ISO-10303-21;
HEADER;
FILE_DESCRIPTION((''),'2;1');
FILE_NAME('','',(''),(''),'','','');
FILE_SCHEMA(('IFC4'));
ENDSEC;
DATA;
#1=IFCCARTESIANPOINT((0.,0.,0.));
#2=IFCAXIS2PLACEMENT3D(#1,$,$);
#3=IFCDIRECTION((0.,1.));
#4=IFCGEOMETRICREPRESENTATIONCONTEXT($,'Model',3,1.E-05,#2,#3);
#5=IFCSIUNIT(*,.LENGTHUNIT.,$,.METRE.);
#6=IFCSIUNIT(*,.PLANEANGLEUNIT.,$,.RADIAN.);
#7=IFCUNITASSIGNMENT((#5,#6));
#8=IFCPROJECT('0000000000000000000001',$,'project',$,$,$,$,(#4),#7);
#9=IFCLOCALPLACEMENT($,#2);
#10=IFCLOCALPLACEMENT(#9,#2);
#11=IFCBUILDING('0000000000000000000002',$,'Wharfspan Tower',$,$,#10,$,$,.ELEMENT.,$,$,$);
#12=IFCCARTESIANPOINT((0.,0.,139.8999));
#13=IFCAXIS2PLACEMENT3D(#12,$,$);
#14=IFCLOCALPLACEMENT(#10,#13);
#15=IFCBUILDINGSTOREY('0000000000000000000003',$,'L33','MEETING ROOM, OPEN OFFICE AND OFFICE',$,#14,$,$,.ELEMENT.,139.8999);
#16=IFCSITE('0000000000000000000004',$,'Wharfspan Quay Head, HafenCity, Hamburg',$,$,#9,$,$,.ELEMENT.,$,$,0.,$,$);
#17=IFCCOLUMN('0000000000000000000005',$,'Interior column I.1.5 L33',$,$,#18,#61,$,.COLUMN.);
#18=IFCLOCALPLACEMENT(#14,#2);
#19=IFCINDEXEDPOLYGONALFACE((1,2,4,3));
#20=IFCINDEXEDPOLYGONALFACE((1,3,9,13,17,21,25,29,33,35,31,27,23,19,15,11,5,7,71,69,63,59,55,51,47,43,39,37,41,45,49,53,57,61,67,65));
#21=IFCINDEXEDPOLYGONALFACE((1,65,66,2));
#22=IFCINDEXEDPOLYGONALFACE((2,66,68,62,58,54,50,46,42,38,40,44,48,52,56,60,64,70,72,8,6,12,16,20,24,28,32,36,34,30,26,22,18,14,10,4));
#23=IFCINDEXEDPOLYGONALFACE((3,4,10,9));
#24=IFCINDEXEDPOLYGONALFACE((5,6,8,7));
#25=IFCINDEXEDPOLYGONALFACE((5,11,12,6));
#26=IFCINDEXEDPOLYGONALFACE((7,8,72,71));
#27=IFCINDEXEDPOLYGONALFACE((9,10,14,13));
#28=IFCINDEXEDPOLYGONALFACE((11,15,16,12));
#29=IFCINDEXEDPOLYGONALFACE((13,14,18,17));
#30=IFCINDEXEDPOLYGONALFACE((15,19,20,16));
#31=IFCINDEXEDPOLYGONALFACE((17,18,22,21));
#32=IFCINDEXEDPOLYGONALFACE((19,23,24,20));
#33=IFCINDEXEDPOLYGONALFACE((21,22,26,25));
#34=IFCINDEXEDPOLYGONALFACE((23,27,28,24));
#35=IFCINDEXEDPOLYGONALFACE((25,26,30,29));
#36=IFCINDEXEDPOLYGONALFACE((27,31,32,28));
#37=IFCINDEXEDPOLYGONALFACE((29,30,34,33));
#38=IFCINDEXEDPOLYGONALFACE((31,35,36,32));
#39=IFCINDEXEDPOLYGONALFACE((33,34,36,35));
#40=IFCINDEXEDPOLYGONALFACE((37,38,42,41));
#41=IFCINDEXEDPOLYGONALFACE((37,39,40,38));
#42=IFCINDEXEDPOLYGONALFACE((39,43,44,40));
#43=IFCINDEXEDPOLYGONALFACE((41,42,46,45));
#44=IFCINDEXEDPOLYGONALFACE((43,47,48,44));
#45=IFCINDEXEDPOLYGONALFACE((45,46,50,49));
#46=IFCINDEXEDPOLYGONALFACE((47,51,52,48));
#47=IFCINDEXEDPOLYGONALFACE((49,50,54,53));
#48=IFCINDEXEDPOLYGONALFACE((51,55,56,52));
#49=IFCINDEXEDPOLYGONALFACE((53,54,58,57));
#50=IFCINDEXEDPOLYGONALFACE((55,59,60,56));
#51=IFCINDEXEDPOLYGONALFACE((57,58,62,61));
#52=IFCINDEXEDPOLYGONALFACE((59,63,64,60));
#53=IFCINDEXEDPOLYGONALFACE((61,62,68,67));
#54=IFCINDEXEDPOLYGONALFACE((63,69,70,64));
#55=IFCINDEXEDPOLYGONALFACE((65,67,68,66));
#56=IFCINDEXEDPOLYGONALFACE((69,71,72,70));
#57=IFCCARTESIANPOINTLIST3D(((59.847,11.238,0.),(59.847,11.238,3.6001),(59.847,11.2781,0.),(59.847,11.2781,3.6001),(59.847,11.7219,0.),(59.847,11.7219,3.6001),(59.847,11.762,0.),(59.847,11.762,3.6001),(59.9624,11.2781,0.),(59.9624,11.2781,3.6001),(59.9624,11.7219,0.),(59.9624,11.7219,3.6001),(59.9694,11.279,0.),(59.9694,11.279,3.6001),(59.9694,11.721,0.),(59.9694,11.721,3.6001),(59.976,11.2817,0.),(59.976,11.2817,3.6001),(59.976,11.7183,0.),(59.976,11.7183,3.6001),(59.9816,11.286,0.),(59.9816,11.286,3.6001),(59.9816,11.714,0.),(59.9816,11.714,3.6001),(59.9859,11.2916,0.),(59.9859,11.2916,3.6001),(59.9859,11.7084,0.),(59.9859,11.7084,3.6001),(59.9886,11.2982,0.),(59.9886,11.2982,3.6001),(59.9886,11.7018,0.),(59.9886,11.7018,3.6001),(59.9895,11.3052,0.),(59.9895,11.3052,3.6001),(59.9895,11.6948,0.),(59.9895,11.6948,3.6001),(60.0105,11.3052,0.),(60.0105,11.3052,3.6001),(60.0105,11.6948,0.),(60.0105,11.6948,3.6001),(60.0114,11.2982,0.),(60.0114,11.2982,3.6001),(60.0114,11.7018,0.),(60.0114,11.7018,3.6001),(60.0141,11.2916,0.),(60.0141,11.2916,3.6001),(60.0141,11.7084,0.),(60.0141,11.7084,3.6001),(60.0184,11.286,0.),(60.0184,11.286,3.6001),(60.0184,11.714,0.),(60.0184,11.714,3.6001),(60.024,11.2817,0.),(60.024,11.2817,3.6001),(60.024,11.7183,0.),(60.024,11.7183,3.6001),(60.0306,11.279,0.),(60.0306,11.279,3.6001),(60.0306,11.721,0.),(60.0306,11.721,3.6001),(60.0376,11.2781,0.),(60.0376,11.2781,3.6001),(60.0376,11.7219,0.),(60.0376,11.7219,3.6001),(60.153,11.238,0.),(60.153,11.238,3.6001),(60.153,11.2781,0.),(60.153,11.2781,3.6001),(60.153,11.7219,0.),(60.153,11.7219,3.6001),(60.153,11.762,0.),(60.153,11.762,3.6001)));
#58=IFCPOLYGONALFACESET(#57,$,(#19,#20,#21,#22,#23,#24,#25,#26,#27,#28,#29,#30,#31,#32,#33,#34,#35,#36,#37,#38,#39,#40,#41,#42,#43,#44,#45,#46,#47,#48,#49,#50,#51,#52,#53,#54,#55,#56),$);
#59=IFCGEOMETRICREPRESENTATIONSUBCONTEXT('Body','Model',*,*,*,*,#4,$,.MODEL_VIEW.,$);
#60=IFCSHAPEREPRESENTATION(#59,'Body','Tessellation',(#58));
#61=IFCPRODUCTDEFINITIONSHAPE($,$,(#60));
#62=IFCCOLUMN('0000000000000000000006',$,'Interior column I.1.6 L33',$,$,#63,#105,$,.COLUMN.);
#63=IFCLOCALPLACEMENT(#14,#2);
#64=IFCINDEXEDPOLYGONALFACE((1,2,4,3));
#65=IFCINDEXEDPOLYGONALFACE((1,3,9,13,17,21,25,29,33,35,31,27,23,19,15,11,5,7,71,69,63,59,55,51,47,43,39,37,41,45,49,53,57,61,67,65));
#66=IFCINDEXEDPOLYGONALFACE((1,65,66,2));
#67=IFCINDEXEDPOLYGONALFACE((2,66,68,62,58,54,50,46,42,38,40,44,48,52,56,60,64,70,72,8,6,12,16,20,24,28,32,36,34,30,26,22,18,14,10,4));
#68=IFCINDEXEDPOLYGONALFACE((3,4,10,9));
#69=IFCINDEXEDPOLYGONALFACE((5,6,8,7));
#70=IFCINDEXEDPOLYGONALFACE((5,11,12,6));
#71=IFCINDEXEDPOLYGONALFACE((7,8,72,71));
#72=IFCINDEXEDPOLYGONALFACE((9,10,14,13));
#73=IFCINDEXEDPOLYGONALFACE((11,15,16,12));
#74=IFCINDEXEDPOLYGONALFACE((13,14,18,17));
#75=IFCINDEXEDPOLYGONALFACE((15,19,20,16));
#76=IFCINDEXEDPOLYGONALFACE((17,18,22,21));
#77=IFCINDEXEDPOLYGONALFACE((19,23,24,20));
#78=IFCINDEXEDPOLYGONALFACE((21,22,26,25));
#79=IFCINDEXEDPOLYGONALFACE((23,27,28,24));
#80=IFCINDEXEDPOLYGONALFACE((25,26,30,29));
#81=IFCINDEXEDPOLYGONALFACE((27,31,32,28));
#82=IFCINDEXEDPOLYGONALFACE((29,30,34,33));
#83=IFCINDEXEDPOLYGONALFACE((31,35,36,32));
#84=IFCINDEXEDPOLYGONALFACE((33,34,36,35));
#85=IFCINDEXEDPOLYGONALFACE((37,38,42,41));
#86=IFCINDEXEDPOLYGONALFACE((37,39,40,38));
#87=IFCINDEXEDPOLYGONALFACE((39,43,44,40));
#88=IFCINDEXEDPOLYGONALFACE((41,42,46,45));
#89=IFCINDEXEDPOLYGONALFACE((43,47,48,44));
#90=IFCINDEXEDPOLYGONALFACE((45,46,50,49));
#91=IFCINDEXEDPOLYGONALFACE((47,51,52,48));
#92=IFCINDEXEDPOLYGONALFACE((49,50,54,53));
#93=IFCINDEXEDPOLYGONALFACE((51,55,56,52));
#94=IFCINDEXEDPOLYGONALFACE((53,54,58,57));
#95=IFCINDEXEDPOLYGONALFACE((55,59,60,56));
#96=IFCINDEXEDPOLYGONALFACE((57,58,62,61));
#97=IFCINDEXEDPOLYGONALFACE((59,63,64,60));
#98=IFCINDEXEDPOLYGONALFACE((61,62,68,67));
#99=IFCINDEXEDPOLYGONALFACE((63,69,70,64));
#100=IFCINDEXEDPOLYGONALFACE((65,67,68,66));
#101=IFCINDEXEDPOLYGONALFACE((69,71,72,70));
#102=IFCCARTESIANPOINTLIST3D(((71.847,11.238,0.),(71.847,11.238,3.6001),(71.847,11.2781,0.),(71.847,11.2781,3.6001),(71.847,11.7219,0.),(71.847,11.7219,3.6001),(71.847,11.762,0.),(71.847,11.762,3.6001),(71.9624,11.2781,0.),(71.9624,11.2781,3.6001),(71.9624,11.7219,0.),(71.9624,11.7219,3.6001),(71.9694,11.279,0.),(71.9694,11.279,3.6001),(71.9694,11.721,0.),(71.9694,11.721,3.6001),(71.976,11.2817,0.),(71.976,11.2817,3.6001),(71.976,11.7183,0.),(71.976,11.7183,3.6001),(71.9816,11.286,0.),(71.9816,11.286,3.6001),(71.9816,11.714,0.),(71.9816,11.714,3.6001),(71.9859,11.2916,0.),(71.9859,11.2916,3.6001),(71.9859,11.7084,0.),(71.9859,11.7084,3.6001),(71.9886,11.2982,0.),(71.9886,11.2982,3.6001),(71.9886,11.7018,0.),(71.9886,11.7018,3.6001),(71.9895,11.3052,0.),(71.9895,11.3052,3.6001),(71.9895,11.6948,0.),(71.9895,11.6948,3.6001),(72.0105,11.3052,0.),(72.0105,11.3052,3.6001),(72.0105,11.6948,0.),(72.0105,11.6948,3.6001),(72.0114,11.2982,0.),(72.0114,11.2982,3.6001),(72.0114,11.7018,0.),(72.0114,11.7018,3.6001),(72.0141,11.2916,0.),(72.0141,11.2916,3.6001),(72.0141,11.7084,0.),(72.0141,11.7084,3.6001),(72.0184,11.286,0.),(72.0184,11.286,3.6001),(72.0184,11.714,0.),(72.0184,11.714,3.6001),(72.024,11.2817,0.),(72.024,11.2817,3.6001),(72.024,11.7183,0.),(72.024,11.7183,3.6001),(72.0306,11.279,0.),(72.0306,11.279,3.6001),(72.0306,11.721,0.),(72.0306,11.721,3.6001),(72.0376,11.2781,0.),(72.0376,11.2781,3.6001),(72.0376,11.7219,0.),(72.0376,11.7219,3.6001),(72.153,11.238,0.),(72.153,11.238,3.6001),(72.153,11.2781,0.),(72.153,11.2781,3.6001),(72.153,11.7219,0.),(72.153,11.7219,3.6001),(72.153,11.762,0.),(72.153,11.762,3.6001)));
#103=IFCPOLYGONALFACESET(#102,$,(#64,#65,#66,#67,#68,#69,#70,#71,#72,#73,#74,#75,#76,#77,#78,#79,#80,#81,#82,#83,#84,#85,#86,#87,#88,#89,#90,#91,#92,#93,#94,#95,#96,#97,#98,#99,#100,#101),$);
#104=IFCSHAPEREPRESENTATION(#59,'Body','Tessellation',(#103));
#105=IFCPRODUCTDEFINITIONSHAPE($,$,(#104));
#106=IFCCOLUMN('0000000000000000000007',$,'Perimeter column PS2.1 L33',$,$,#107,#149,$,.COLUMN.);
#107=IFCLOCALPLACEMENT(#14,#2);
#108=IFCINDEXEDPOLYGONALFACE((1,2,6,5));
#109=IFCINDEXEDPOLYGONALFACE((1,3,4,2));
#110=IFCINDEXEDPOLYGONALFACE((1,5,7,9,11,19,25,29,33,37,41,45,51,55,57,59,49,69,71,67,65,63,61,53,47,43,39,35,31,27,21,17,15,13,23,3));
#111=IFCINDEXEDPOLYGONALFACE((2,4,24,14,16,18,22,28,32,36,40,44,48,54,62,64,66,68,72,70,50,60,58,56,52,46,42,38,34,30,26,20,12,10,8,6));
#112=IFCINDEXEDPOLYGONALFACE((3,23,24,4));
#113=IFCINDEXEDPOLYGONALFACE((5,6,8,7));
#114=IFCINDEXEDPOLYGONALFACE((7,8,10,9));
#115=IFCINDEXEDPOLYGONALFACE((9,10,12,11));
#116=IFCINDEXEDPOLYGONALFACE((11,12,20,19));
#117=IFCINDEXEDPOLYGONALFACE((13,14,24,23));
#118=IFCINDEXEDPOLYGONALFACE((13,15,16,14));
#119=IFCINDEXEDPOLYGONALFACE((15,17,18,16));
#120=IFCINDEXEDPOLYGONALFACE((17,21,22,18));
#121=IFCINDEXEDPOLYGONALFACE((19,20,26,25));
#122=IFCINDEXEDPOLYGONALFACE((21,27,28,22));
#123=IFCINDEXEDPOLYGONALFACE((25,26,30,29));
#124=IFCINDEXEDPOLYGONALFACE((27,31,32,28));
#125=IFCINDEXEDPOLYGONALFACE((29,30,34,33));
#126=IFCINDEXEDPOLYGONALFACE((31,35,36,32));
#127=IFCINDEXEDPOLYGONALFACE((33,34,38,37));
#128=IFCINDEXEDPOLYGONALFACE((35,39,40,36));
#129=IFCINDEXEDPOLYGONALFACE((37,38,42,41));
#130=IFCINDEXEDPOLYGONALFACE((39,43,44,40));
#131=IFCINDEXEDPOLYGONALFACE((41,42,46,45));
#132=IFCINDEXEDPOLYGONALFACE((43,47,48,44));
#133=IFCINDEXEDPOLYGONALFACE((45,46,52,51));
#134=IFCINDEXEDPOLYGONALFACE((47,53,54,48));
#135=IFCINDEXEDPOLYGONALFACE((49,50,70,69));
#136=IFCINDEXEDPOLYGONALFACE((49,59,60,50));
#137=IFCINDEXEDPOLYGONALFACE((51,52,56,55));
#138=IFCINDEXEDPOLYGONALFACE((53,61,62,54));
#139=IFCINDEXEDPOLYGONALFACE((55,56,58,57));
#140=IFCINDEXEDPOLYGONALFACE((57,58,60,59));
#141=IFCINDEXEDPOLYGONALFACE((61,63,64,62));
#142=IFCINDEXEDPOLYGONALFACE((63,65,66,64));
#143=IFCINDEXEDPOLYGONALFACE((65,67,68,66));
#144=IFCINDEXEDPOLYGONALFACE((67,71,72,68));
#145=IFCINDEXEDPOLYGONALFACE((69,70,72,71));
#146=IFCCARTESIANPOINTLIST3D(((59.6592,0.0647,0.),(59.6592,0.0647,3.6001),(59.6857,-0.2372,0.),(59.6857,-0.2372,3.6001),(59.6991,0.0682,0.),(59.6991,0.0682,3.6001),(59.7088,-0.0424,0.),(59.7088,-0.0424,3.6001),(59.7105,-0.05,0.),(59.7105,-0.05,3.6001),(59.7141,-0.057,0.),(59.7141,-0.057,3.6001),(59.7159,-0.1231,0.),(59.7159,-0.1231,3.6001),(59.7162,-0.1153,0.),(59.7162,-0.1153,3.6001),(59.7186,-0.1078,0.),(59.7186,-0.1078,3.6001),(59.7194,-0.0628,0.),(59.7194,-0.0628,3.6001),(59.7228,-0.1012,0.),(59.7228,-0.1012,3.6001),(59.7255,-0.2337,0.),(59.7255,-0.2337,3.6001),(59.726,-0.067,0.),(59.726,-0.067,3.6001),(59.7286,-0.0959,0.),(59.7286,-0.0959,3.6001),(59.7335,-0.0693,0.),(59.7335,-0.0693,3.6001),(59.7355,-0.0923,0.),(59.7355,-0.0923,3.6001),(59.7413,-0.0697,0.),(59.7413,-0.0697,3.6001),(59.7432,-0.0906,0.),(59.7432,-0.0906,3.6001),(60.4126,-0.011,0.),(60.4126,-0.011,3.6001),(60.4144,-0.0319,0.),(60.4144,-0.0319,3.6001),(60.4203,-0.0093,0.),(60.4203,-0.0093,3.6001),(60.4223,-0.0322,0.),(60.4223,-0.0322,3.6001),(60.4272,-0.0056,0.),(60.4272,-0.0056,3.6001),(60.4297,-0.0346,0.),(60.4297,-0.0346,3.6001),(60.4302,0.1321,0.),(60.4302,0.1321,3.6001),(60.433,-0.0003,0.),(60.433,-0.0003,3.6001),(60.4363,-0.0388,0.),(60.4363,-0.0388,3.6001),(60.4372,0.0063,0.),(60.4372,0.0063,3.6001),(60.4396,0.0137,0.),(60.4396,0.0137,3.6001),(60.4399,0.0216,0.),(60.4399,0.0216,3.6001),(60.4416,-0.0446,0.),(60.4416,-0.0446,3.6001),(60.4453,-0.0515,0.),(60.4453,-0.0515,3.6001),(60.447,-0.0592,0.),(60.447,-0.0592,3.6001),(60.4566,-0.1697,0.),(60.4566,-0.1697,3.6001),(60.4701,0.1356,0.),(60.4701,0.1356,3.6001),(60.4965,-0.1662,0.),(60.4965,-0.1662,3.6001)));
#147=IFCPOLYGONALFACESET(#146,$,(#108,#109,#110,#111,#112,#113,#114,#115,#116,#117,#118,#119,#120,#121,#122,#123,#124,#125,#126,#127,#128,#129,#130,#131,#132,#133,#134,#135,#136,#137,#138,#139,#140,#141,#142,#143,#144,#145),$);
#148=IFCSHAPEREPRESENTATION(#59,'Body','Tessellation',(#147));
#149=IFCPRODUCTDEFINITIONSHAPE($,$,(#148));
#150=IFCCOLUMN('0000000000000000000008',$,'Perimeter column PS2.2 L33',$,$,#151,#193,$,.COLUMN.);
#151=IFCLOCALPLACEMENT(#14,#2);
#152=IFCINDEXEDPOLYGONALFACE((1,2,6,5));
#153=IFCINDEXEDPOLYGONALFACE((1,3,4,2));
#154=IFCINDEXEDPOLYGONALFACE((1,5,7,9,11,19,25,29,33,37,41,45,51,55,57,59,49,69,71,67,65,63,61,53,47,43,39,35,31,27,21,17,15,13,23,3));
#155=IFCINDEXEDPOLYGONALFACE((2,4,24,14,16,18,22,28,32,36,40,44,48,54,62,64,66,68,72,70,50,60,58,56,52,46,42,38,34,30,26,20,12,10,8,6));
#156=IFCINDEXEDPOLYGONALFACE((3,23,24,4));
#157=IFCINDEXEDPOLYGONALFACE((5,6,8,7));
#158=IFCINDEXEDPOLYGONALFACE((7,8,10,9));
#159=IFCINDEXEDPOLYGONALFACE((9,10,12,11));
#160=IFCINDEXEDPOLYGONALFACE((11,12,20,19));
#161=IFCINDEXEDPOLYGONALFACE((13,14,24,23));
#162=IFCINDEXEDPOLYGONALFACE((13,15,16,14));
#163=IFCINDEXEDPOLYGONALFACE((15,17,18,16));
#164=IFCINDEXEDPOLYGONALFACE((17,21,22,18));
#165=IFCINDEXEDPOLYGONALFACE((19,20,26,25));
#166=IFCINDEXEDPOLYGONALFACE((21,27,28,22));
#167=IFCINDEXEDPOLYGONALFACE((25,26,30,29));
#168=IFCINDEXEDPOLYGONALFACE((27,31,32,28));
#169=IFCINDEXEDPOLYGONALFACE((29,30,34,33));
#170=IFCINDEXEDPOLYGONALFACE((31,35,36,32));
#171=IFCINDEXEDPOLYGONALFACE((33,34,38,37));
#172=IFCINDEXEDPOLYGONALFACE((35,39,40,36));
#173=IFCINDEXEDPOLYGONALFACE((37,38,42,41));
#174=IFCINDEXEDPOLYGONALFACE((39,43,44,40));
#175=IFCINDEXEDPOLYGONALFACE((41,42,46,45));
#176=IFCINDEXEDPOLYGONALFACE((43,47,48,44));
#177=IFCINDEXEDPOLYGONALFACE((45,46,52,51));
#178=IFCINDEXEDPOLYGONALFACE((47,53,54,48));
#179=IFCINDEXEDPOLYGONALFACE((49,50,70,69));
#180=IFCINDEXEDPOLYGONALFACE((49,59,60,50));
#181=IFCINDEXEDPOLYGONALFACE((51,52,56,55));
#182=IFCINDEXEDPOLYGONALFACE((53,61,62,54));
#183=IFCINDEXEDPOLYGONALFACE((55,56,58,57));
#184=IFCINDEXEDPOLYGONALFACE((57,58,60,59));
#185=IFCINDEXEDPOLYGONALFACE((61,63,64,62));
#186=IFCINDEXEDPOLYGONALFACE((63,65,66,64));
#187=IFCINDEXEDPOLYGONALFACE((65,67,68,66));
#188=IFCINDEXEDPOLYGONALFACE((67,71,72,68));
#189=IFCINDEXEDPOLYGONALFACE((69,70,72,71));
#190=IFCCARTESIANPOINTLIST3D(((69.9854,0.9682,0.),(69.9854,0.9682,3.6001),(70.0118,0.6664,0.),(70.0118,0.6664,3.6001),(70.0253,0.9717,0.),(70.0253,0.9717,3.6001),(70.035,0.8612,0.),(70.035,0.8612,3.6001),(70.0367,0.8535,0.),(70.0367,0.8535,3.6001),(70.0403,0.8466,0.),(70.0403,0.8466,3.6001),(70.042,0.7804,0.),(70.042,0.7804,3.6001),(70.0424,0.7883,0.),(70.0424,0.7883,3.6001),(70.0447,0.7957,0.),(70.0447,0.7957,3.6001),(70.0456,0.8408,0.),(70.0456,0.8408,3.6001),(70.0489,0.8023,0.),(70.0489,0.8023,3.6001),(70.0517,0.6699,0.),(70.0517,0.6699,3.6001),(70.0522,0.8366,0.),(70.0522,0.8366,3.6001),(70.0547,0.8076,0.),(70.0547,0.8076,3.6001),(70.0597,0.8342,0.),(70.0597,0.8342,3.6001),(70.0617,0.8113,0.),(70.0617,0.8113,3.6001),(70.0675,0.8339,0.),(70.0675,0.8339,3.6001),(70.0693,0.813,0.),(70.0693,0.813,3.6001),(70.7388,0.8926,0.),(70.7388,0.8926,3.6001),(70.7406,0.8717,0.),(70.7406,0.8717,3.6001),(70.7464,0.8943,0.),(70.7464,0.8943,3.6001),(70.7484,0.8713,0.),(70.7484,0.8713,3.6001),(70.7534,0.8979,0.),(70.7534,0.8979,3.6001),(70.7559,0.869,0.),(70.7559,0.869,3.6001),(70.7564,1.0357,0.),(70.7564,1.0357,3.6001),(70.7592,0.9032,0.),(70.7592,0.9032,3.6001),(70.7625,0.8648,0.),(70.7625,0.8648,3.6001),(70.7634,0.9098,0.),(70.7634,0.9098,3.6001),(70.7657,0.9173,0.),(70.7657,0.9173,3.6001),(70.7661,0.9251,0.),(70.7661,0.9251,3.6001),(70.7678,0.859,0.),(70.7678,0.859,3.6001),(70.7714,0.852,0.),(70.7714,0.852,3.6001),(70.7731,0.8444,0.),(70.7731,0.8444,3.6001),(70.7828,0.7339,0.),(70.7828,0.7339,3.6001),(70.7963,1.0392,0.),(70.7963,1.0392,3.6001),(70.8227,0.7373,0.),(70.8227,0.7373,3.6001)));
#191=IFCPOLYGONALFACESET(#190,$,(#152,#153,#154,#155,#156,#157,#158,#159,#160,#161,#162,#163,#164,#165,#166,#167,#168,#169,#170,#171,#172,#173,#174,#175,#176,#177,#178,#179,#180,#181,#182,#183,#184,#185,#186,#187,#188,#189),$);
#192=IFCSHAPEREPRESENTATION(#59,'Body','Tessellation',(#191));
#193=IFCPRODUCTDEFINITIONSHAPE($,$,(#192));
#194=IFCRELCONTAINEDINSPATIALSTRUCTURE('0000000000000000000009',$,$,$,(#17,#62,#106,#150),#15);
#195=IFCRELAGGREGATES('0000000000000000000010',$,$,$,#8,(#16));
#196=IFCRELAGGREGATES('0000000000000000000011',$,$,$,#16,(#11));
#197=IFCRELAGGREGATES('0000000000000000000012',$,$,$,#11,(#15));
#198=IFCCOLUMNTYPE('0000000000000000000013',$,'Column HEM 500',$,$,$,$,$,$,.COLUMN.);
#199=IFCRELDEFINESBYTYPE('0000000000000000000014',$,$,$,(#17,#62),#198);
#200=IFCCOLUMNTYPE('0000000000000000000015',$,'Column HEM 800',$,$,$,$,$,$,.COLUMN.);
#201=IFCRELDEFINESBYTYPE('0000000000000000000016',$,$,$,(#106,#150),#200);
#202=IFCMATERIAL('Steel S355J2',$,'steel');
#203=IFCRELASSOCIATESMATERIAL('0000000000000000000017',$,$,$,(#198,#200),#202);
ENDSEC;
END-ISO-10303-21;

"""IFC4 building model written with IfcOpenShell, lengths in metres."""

from ifc_helpers import new_model, si_unit, direction, frame, origin, origin_2d, place, context, subcontext, project, spatial, i_section, extrude, material, material_profile, profile_set, type_object, element, save


model = new_model("IFC4")

# Units and contexts
model_context = context("Model", 3, precision=1e-05, world=origin(), true_north=direction((0.0, 1.0)))
body_context = subcontext(model_context, "Body", "Model", "MODEL_VIEW")
ifc_project = project(units=[si_unit("LENGTHUNIT", "METRE"), si_unit("PLANEANGLEUNIT", "RADIAN")], contexts=[model_context])

# Site, building, storey
site_placement = place(None, origin())
site = spatial("IfcSite", under=ifc_project, at=site_placement, Name="Wharfspan Quay Head, HafenCity, Hamburg", CompositionType="ELEMENT", RefElevation=0.0)
building_placement = place(site_placement, origin())
building = spatial("IfcBuilding", under=site, at=building_placement, Name="Wharfspan Tower", CompositionType="ELEMENT")
storey_placement = place(building_placement, frame((0.0, 0.0, 139.8999)))
storey = spatial("IfcBuildingStorey", under=building, at=storey_placement, Name="L33", Description="MEETING ROOM, OPEN OFFICE AND OFFICE", CompositionType="ELEMENT", Elevation=139.8999)

# Columns
ifc_material_1 = material(Name="Steel S355J2", Category="steel")
ifc_material_profile_1 = material_profile(ifc_material_1, i_section(OverallWidth=0.3059, OverallDepth=0.5239, WebThickness=0.021, FlangeThickness=0.04, FilletRadius=0.0271, at=origin_2d()))
ifc_profile_set_1 = profile_set([ifc_material_profile_1], Name="Steel S355J2")
column_type_1 = type_object("IfcColumnType", Name="Column HEM 500", PredefinedType="COLUMN", material=ifc_profile_set_1)
for number, where, z_axis, x_axis, name in (
    (1, (60.0, 11.5, 0.0), (0.0, 0.0, 1.0), (1.0, 0.0, 0.0), "Interior column I.1.5 L33"),
    (2, (72.0, 11.5, 0.0), (0.0, 0.0, 1.0), (1.0, 0.0, 0.0), "Interior column I.1.6 L33"),
):
    element("IfcColumn", number, at=place(storey_placement, frame(where, z_axis=z_axis, x_axis=x_axis)), inside=storey, type_object=column_type_1, Name=name, PredefinedType="COLUMN", context=body_context, shape_type="SweptSolid", body=[
        extrude(i_section(OverallWidth=0.3059, OverallDepth=0.5239, WebThickness=0.021, FlangeThickness=0.04, FilletRadius=0.0271, at=origin_2d()), origin(), (0.0, 0.0, 1.0), 3.6001),
    ])
ifc_material_profile_2 = material_profile(ifc_material_1, i_section(OverallWidth=0.303, OverallDepth=0.814, WebThickness=0.021, FlangeThickness=0.04, FilletRadius=0.03, at=origin_2d()))
ifc_profile_set_2 = profile_set([ifc_material_profile_2], Name="Steel S355J2")
column_type_2 = type_object("IfcColumnType", Name="Column HEM 800", PredefinedType="COLUMN", material=ifc_profile_set_2)
for number, where, z_axis, x_axis, name in (
    (3, (60.0779, -0.0508, 0.0), (0.0, 0.0, 1.0), (0.087156, -0.996198, 0.0), "Perimeter column PS2.1 L33"),
    (4, (70.4041, 0.8528, 0.0), (0.0, 0.0, 1.0), (0.087156, -0.996198, 0.0), "Perimeter column PS2.2 L33"),
):
    element("IfcColumn", number, at=place(storey_placement, frame(where, z_axis=z_axis, x_axis=x_axis)), inside=storey, type_object=column_type_2, Name=name, PredefinedType="COLUMN", context=body_context, shape_type="SweptSolid", body=[
        extrude(i_section(OverallWidth=0.303, OverallDepth=0.814, WebThickness=0.021, FlangeThickness=0.04, FilletRadius=0.03, at=origin_2d()), origin(), (0.0, 0.0, 1.0), 3.6001),
    ])

save(model, "model.ifc")
